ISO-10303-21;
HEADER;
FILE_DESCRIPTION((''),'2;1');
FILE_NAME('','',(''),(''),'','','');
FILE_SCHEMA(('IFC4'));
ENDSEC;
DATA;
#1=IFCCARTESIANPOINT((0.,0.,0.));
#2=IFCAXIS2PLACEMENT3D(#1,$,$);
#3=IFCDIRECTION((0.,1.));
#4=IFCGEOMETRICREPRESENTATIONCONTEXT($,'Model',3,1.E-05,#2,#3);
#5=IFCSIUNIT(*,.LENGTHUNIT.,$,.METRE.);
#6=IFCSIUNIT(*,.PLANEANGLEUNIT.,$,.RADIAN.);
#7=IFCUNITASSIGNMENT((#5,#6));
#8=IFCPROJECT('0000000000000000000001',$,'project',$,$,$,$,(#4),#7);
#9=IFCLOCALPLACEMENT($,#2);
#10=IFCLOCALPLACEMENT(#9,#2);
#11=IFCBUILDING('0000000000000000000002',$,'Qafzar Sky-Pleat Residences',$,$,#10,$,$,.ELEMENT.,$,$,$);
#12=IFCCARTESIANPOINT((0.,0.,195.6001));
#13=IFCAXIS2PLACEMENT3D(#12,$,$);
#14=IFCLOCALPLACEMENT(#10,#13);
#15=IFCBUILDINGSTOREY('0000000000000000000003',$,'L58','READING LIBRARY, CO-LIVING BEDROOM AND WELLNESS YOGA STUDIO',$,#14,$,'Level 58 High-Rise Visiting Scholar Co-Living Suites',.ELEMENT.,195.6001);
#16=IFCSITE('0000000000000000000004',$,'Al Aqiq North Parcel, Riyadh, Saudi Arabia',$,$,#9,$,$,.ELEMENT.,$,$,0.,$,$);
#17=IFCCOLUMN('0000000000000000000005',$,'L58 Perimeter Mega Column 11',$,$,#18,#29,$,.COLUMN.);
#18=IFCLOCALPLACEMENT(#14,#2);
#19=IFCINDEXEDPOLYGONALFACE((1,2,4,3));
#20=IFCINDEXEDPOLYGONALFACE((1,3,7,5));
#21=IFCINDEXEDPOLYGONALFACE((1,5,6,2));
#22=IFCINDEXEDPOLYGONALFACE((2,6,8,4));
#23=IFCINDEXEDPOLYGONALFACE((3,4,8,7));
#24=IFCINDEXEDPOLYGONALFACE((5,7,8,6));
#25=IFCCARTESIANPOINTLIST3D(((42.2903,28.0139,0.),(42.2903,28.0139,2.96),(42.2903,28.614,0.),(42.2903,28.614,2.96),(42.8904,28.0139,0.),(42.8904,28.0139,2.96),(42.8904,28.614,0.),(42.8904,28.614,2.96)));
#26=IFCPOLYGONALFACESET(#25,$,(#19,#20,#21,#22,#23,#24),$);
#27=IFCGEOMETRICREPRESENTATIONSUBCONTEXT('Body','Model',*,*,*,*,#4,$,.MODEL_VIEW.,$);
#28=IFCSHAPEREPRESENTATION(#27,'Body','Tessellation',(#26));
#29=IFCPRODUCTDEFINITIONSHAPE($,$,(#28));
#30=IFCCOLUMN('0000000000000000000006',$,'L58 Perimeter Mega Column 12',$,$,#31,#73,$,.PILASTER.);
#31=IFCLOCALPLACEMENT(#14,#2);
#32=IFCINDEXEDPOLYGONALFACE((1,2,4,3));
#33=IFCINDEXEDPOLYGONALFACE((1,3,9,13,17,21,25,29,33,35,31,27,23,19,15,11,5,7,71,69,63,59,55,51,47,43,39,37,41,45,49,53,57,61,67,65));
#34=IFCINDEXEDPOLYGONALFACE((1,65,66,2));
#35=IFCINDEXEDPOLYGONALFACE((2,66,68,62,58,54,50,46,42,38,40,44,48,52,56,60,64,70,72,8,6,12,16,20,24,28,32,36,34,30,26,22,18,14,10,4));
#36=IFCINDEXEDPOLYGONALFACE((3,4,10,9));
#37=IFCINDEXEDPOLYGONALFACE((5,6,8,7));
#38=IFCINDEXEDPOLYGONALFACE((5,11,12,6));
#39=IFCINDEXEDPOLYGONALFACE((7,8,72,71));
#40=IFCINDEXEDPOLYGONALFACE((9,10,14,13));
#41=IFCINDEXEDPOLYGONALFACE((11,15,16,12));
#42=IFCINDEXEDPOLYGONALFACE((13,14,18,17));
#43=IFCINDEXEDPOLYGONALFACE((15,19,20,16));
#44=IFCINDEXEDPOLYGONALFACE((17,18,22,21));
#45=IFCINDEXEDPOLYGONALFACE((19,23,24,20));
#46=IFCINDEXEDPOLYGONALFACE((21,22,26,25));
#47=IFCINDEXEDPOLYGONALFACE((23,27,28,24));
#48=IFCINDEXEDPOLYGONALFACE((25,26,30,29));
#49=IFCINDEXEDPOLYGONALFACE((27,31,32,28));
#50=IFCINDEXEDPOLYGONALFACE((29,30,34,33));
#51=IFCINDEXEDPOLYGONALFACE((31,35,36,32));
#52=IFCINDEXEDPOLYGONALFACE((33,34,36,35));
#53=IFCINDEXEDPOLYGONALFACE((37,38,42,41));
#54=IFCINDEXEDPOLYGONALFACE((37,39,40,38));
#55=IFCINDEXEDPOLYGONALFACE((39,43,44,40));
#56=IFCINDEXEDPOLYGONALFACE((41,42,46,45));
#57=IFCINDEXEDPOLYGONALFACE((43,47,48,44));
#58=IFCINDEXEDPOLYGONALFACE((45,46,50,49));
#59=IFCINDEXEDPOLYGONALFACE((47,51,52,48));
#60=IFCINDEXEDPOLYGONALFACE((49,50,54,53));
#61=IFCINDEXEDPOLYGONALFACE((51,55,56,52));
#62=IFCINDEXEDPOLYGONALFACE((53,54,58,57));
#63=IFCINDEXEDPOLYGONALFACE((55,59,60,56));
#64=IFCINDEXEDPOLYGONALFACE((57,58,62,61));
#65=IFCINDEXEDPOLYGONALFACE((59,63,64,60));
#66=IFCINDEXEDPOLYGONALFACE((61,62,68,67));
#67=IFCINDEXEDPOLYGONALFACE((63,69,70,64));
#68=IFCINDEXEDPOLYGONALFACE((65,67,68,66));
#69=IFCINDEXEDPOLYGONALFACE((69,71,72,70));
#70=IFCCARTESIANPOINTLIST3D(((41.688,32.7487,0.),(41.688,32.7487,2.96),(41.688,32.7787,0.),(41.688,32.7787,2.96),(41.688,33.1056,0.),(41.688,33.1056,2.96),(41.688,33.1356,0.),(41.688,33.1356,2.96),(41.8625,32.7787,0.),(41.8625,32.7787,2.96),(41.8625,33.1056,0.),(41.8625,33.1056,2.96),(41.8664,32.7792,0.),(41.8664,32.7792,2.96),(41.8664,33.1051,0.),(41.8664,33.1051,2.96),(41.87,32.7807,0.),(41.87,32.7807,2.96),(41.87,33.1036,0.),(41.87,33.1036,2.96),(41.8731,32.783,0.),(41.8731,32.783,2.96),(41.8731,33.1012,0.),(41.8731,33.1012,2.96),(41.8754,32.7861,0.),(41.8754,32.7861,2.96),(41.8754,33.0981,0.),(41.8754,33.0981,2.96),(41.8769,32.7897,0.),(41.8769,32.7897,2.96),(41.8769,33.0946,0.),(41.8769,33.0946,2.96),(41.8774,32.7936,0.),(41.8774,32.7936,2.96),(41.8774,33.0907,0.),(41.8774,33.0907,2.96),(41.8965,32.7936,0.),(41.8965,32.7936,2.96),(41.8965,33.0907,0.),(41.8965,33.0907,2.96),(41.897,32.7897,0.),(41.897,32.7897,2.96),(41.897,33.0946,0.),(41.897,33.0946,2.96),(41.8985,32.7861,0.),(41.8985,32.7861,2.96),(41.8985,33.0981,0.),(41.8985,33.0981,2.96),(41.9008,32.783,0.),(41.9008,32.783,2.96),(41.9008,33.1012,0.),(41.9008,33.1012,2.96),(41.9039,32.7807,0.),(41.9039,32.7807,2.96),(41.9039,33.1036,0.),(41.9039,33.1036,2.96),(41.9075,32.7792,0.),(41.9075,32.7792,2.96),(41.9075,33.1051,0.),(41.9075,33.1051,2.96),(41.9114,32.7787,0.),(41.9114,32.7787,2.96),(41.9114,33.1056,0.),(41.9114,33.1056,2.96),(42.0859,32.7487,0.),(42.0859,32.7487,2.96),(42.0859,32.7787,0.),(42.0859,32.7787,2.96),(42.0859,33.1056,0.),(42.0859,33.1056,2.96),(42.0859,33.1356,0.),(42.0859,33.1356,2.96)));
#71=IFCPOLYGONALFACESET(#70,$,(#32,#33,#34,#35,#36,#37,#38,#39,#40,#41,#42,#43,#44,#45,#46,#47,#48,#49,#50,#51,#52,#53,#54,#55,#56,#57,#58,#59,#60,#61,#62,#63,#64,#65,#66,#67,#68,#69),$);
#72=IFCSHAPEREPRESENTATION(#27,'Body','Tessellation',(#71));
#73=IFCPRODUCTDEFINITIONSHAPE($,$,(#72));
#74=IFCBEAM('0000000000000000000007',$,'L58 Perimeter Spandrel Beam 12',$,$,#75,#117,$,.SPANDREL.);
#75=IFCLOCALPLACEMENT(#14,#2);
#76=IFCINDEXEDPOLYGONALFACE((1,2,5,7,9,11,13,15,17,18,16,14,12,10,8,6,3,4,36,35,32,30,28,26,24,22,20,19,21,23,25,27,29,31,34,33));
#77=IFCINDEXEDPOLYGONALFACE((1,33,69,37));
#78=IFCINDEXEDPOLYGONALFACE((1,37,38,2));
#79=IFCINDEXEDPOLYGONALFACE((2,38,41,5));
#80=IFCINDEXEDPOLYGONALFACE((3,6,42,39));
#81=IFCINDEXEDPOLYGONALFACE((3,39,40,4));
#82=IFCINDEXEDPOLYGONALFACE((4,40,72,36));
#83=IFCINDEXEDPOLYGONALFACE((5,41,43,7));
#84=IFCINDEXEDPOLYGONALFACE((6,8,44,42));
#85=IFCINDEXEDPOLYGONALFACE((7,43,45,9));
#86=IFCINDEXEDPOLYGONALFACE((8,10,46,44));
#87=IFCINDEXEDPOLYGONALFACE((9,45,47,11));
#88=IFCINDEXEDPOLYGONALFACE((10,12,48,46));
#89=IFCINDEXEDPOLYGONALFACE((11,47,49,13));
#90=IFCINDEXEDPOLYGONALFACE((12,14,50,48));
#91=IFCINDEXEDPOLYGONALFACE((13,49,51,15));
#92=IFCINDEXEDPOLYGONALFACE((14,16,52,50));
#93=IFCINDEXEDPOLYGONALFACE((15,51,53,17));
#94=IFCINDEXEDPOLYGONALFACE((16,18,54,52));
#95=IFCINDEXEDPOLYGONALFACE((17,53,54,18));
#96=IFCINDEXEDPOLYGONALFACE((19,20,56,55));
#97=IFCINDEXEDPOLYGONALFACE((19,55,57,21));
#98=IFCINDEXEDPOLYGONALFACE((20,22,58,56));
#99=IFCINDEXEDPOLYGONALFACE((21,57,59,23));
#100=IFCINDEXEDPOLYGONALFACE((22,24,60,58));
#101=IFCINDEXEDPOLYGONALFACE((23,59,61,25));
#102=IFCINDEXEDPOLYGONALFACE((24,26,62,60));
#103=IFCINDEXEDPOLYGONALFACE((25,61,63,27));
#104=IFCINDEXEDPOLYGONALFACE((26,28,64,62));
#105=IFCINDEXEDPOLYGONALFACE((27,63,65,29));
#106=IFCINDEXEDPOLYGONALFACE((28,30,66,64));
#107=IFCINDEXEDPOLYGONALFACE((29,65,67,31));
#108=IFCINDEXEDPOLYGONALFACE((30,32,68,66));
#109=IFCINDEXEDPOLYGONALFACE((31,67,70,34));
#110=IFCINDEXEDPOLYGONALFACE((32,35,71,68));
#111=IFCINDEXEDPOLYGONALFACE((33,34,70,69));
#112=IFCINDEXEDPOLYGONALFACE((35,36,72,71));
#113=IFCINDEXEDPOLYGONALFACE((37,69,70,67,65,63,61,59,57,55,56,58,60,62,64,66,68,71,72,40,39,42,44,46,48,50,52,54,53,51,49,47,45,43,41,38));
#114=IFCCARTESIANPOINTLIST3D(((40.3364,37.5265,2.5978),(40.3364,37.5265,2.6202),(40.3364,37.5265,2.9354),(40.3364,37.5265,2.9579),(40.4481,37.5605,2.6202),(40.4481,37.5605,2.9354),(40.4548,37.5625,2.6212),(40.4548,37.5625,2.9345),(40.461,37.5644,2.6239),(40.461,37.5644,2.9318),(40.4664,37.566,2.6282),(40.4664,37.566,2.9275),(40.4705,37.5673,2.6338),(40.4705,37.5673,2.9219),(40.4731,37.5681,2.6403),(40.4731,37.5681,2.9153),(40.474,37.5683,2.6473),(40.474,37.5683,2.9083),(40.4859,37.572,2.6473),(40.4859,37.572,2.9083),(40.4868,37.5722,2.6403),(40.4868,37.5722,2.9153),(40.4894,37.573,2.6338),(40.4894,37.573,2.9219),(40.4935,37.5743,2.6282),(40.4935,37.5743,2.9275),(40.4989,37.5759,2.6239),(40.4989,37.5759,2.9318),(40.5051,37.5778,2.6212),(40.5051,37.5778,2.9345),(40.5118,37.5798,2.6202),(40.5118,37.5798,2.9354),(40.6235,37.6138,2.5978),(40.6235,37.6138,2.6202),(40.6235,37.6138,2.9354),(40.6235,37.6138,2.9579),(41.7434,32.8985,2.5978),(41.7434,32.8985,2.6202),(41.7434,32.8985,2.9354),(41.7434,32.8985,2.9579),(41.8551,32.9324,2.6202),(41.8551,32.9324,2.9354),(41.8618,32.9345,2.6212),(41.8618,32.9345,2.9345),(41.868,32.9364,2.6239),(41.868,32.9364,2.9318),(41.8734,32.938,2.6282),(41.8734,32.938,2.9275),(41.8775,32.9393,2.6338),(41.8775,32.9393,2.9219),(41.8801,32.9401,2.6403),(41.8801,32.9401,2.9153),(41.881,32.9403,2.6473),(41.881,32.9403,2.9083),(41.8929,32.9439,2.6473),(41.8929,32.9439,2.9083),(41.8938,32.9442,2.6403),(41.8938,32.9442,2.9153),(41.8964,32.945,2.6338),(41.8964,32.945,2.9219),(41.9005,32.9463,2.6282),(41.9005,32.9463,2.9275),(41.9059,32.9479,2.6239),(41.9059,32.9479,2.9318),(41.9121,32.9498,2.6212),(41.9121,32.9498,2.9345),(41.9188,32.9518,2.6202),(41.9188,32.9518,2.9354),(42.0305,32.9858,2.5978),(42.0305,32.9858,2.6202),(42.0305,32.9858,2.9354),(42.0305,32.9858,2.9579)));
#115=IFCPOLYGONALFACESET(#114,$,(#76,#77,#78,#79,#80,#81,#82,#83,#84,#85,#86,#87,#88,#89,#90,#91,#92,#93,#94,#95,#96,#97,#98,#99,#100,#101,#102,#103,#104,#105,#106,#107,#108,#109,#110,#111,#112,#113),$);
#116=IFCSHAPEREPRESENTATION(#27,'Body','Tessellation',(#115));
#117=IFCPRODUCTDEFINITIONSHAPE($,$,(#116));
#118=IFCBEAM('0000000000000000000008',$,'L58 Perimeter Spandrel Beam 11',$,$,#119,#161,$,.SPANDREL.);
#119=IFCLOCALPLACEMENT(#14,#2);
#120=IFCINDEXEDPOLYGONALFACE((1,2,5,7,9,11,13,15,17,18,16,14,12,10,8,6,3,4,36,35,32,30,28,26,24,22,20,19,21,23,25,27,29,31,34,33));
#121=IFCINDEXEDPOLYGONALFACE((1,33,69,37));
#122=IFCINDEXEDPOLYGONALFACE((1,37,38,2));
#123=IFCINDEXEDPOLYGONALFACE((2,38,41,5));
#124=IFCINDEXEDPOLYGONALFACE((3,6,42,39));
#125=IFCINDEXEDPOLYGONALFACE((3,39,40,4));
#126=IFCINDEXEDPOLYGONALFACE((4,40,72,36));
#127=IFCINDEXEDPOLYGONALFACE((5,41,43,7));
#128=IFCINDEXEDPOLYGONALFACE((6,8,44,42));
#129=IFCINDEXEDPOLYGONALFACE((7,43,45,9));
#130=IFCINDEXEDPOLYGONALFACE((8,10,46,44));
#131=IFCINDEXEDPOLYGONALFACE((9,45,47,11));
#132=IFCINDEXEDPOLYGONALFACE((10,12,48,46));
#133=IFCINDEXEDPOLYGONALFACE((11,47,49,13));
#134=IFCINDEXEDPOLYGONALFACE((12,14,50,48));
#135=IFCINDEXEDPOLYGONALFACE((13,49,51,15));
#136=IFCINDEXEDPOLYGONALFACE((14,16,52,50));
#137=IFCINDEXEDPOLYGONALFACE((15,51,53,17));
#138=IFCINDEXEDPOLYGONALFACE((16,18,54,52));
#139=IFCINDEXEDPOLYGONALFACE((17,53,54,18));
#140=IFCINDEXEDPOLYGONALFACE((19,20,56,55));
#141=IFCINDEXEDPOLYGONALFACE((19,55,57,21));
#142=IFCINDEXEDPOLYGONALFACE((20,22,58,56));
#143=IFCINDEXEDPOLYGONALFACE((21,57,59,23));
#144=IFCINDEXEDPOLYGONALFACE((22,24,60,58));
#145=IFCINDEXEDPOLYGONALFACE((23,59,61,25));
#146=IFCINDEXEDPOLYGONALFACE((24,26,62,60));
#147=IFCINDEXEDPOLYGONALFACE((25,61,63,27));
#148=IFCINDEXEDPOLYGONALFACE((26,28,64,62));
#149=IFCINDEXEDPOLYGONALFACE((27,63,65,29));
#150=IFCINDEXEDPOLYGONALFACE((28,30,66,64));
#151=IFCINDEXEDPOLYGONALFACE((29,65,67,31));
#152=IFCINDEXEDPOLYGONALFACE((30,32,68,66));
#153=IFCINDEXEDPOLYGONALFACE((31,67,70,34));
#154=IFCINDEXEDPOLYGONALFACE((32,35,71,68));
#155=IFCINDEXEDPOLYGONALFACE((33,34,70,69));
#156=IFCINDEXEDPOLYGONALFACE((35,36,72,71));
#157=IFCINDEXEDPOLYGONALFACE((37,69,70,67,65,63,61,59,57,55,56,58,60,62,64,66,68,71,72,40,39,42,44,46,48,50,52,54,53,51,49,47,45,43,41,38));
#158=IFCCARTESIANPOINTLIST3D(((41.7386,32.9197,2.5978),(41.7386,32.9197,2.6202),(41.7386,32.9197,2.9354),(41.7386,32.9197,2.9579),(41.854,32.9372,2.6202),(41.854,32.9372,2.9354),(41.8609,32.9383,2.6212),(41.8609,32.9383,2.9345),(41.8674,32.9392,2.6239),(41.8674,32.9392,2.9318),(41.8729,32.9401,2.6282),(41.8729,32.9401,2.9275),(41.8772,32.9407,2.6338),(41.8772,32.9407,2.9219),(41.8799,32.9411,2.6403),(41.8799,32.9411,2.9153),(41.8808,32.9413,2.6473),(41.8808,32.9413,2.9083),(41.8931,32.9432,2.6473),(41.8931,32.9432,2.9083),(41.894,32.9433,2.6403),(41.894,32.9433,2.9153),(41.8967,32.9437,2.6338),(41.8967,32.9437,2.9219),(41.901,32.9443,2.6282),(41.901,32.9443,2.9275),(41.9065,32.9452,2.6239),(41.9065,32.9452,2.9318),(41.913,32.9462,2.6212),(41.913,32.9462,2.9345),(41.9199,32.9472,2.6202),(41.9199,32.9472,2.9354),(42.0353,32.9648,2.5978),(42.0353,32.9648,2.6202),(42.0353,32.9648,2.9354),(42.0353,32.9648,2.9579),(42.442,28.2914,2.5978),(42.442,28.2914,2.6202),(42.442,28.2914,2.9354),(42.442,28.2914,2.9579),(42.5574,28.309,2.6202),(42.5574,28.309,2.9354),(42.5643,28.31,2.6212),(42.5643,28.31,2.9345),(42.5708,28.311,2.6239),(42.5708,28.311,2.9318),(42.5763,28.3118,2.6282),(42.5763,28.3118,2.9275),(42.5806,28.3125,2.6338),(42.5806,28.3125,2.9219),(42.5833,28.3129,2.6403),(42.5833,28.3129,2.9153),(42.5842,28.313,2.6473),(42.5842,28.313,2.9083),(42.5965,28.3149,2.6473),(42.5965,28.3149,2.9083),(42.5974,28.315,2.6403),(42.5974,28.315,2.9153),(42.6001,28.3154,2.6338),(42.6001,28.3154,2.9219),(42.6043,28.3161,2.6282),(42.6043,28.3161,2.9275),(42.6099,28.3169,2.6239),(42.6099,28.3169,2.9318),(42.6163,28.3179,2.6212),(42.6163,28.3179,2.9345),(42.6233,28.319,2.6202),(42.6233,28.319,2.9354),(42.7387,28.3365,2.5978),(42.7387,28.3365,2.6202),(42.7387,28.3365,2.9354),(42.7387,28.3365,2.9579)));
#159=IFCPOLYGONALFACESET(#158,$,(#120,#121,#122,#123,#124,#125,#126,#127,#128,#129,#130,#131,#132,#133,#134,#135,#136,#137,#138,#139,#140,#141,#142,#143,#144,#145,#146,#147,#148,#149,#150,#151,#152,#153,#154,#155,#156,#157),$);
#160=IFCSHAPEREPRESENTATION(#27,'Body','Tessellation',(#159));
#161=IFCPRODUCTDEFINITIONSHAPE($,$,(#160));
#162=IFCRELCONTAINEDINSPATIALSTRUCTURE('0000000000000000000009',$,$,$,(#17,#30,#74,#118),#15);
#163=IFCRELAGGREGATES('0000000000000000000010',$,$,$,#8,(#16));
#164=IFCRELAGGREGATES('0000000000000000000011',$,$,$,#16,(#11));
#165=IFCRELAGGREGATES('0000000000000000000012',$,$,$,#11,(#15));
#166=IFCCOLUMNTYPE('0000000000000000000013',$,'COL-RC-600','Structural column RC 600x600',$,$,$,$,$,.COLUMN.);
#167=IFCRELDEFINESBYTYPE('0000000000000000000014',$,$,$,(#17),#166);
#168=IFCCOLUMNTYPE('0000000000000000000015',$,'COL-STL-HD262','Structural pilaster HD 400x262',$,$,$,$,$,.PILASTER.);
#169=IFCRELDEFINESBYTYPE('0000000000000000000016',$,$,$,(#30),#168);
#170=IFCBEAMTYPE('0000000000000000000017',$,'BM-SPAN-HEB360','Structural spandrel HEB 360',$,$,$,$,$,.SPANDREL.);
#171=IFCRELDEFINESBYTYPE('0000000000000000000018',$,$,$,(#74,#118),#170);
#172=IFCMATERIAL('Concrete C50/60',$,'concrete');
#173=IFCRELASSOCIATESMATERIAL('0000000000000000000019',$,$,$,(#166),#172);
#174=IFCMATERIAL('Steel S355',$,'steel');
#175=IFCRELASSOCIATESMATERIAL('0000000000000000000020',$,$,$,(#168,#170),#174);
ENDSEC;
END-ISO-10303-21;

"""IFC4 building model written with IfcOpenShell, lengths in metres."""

from ifc_helpers import new_model, si_unit, direction, frame, origin, origin_2d, place, context, subcontext, project, spatial, rectangle, i_section, extrude, source, transform, mapped, material, material_profile, profile_set, type_object, element, save


model = new_model("IFC4")

# Units and contexts
model_context = context("Model", 3, precision=1e-05, world=origin(), true_north=direction((0.0, 1.0)))
body_context = subcontext(model_context, "Body", "Model", "MODEL_VIEW")
ifc_project = project(units=[si_unit("LENGTHUNIT", "METRE"), si_unit("PLANEANGLEUNIT", "RADIAN")], contexts=[model_context])

# Site, building, storey
site_placement = place(None, origin())
site = spatial("IfcSite", under=ifc_project, at=site_placement, Name="Al Aqiq North Parcel, Riyadh, Saudi Arabia", CompositionType="ELEMENT", RefElevation=0.0)
building_placement = place(site_placement, origin())
building = spatial("IfcBuilding", under=site, at=building_placement, Name="Qafzar Sky-Pleat Residences", CompositionType="ELEMENT")
storey_placement = place(building_placement, frame((0.0, 0.0, 195.6001)))
storey = spatial("IfcBuildingStorey", under=building, at=storey_placement, Name="L58", Description="READING LIBRARY, CO-LIVING BEDROOM AND WELLNESS YOGA STUDIO", LongName="Level 58 High-Rise Visiting Scholar Co-Living Suites", CompositionType="ELEMENT", Elevation=195.6001)

# Columns
ifc_material_1 = material(Name="Concrete C50/60", Category="concrete")
ifc_material_profile_1 = material_profile(ifc_material_1, rectangle(XDim=0.6001, YDim=0.6001, at=origin_2d()), Name="RC 600x600")
ifc_profile_set_1 = profile_set([ifc_material_profile_1], Name="Concrete C50/60")
column_type_1 = type_object("IfcColumnType", Name="COL-RC-600", Description="Structural column RC 600x600", PredefinedType="COLUMN", material=ifc_profile_set_1)
shared_shape_1 = source(origin(), body_context, "Body", "SweptSolid", [
    extrude(rectangle(XDim=0.6001, YDim=0.6001, at=origin_2d()), origin(), (0.0, 0.0, 1.0), 2.96),
])
column_1_placement = place(storey_placement, frame((42.5903, 28.314, 0.0), z_axis=(0.0, 0.0, 1.0), x_axis=(1.0, 0.0, 0.0)))
element("IfcColumn", 1, at=column_1_placement, inside=storey, type_object=column_type_1, Name="L58 Perimeter Mega Column 11", PredefinedType="COLUMN", context=body_context, shape_type="MappedRepresentation", body=[
    mapped(shared_shape_1, transform((0.0, 0.0, 0.0), x_axis=(1.0, 0.0, 0.0), y_axis=(0.0, 1.0, 0.0), z_axis=(0.0, 0.0, 1.0), scale=1.0)),
])
ifc_material_2 = material(Name="Steel S355", Category="steel")
ifc_material_profile_2 = material_profile(ifc_material_2, i_section(OverallWidth=0.3979, OverallDepth=0.387, WebThickness=0.019, FlangeThickness=0.03, FilletRadius=0.0149, at=origin_2d()), Name="HD 400x262")
ifc_profile_set_2 = profile_set([ifc_material_profile_2], Name="Steel S355")
column_type_2 = type_object("IfcColumnType", Name="COL-STL-HD262", Description="Structural pilaster HD 400x262", PredefinedType="PILASTER", material=ifc_profile_set_2)
shared_shape_2 = source(origin(), body_context, "Body", "SweptSolid", [
    extrude(i_section(OverallWidth=0.3979, OverallDepth=0.387, WebThickness=0.019, FlangeThickness=0.03, FilletRadius=0.0149, at=origin_2d()), origin(), (0.0, 0.0, 1.0), 2.96),
])
column_2_placement = place(storey_placement, frame((41.887, 32.9421, 0.0), z_axis=(0.0, 0.0, 1.0), x_axis=(1.0, 0.0, 0.0)))
element("IfcColumn", 2, at=column_2_placement, inside=storey, type_object=column_type_2, Name="L58 Perimeter Mega Column 12", PredefinedType="PILASTER", context=body_context, shape_type="MappedRepresentation", body=[
    mapped(shared_shape_2, transform((0.0, 0.0, 0.0), x_axis=(1.0, 0.0, 0.0), y_axis=(0.0, 1.0, 0.0), z_axis=(0.0, 0.0, 1.0), scale=1.0)),
])

# Beams
ifc_material_profile_3 = material_profile(ifc_material_2, i_section(OverallWidth=0.3, OverallDepth=0.3601, WebThickness=0.0125, FlangeThickness=0.0225, FilletRadius=0.0271, at=origin_2d()), Name="HEB 360")
ifc_profile_set_3 = profile_set([ifc_material_profile_3], Name="Steel S355")
beam_type_1 = type_object("IfcBeamType", Name="BM-SPAN-HEB360", Description="Structural spandrel HEB 360", PredefinedType="SPANDREL", material=ifc_profile_set_3)
shared_shape_3 = source(origin(), body_context, "Body", "SweptSolid", [
    extrude(i_section(OverallWidth=0.3, OverallDepth=0.3601, WebThickness=0.0125, FlangeThickness=0.0225, FilletRadius=0.0271, at=origin_2d()), origin(), (0.0, 0.0, 1.0), 4.8372),
])
beam_1_placement = place(storey_placement, frame((41.887, 32.9421, 2.7778), z_axis=(-0.290874, 0.956761, 0.0), x_axis=(-0.956761, -0.290874, 0.0)))
element("IfcBeam", 3, at=beam_1_placement, inside=storey, type_object=beam_type_1, Name="L58 Perimeter Spandrel Beam 12", PredefinedType="SPANDREL", context=body_context, shape_type="MappedRepresentation", body=[
    mapped(shared_shape_3, transform((0.0, 0.0, 0.0), x_axis=(1.0, 0.0, 0.0), y_axis=(0.0, 1.0, 0.0), z_axis=(0.0, 0.0, 1.0), scale=1.0)),
])
shared_shape_4 = source(origin(), body_context, "Body", "SweptSolid", [
    extrude(i_section(OverallWidth=0.3, OverallDepth=0.3601, WebThickness=0.0125, FlangeThickness=0.0225, FilletRadius=0.0271, at=origin_2d()), origin(), (0.0, 0.0, 1.0), 4.6814),
])
beam_2_placement = place(storey_placement, frame((42.5903, 28.314, 2.7778), z_axis=(-0.15025, 0.988648, 0.0), x_axis=(-0.988648, -0.15025, 0.0)))
element("IfcBeam", 4, at=beam_2_placement, inside=storey, type_object=beam_type_1, Name="L58 Perimeter Spandrel Beam 11", PredefinedType="SPANDREL", context=body_context, shape_type="MappedRepresentation", body=[
    mapped(shared_shape_4, transform((0.0, 0.0, 0.0), x_axis=(1.0, 0.0, 0.0), y_axis=(0.0, 1.0, 0.0), z_axis=(0.0, 0.0, 1.0), scale=1.0)),
])

save(model, "model.ifc")
